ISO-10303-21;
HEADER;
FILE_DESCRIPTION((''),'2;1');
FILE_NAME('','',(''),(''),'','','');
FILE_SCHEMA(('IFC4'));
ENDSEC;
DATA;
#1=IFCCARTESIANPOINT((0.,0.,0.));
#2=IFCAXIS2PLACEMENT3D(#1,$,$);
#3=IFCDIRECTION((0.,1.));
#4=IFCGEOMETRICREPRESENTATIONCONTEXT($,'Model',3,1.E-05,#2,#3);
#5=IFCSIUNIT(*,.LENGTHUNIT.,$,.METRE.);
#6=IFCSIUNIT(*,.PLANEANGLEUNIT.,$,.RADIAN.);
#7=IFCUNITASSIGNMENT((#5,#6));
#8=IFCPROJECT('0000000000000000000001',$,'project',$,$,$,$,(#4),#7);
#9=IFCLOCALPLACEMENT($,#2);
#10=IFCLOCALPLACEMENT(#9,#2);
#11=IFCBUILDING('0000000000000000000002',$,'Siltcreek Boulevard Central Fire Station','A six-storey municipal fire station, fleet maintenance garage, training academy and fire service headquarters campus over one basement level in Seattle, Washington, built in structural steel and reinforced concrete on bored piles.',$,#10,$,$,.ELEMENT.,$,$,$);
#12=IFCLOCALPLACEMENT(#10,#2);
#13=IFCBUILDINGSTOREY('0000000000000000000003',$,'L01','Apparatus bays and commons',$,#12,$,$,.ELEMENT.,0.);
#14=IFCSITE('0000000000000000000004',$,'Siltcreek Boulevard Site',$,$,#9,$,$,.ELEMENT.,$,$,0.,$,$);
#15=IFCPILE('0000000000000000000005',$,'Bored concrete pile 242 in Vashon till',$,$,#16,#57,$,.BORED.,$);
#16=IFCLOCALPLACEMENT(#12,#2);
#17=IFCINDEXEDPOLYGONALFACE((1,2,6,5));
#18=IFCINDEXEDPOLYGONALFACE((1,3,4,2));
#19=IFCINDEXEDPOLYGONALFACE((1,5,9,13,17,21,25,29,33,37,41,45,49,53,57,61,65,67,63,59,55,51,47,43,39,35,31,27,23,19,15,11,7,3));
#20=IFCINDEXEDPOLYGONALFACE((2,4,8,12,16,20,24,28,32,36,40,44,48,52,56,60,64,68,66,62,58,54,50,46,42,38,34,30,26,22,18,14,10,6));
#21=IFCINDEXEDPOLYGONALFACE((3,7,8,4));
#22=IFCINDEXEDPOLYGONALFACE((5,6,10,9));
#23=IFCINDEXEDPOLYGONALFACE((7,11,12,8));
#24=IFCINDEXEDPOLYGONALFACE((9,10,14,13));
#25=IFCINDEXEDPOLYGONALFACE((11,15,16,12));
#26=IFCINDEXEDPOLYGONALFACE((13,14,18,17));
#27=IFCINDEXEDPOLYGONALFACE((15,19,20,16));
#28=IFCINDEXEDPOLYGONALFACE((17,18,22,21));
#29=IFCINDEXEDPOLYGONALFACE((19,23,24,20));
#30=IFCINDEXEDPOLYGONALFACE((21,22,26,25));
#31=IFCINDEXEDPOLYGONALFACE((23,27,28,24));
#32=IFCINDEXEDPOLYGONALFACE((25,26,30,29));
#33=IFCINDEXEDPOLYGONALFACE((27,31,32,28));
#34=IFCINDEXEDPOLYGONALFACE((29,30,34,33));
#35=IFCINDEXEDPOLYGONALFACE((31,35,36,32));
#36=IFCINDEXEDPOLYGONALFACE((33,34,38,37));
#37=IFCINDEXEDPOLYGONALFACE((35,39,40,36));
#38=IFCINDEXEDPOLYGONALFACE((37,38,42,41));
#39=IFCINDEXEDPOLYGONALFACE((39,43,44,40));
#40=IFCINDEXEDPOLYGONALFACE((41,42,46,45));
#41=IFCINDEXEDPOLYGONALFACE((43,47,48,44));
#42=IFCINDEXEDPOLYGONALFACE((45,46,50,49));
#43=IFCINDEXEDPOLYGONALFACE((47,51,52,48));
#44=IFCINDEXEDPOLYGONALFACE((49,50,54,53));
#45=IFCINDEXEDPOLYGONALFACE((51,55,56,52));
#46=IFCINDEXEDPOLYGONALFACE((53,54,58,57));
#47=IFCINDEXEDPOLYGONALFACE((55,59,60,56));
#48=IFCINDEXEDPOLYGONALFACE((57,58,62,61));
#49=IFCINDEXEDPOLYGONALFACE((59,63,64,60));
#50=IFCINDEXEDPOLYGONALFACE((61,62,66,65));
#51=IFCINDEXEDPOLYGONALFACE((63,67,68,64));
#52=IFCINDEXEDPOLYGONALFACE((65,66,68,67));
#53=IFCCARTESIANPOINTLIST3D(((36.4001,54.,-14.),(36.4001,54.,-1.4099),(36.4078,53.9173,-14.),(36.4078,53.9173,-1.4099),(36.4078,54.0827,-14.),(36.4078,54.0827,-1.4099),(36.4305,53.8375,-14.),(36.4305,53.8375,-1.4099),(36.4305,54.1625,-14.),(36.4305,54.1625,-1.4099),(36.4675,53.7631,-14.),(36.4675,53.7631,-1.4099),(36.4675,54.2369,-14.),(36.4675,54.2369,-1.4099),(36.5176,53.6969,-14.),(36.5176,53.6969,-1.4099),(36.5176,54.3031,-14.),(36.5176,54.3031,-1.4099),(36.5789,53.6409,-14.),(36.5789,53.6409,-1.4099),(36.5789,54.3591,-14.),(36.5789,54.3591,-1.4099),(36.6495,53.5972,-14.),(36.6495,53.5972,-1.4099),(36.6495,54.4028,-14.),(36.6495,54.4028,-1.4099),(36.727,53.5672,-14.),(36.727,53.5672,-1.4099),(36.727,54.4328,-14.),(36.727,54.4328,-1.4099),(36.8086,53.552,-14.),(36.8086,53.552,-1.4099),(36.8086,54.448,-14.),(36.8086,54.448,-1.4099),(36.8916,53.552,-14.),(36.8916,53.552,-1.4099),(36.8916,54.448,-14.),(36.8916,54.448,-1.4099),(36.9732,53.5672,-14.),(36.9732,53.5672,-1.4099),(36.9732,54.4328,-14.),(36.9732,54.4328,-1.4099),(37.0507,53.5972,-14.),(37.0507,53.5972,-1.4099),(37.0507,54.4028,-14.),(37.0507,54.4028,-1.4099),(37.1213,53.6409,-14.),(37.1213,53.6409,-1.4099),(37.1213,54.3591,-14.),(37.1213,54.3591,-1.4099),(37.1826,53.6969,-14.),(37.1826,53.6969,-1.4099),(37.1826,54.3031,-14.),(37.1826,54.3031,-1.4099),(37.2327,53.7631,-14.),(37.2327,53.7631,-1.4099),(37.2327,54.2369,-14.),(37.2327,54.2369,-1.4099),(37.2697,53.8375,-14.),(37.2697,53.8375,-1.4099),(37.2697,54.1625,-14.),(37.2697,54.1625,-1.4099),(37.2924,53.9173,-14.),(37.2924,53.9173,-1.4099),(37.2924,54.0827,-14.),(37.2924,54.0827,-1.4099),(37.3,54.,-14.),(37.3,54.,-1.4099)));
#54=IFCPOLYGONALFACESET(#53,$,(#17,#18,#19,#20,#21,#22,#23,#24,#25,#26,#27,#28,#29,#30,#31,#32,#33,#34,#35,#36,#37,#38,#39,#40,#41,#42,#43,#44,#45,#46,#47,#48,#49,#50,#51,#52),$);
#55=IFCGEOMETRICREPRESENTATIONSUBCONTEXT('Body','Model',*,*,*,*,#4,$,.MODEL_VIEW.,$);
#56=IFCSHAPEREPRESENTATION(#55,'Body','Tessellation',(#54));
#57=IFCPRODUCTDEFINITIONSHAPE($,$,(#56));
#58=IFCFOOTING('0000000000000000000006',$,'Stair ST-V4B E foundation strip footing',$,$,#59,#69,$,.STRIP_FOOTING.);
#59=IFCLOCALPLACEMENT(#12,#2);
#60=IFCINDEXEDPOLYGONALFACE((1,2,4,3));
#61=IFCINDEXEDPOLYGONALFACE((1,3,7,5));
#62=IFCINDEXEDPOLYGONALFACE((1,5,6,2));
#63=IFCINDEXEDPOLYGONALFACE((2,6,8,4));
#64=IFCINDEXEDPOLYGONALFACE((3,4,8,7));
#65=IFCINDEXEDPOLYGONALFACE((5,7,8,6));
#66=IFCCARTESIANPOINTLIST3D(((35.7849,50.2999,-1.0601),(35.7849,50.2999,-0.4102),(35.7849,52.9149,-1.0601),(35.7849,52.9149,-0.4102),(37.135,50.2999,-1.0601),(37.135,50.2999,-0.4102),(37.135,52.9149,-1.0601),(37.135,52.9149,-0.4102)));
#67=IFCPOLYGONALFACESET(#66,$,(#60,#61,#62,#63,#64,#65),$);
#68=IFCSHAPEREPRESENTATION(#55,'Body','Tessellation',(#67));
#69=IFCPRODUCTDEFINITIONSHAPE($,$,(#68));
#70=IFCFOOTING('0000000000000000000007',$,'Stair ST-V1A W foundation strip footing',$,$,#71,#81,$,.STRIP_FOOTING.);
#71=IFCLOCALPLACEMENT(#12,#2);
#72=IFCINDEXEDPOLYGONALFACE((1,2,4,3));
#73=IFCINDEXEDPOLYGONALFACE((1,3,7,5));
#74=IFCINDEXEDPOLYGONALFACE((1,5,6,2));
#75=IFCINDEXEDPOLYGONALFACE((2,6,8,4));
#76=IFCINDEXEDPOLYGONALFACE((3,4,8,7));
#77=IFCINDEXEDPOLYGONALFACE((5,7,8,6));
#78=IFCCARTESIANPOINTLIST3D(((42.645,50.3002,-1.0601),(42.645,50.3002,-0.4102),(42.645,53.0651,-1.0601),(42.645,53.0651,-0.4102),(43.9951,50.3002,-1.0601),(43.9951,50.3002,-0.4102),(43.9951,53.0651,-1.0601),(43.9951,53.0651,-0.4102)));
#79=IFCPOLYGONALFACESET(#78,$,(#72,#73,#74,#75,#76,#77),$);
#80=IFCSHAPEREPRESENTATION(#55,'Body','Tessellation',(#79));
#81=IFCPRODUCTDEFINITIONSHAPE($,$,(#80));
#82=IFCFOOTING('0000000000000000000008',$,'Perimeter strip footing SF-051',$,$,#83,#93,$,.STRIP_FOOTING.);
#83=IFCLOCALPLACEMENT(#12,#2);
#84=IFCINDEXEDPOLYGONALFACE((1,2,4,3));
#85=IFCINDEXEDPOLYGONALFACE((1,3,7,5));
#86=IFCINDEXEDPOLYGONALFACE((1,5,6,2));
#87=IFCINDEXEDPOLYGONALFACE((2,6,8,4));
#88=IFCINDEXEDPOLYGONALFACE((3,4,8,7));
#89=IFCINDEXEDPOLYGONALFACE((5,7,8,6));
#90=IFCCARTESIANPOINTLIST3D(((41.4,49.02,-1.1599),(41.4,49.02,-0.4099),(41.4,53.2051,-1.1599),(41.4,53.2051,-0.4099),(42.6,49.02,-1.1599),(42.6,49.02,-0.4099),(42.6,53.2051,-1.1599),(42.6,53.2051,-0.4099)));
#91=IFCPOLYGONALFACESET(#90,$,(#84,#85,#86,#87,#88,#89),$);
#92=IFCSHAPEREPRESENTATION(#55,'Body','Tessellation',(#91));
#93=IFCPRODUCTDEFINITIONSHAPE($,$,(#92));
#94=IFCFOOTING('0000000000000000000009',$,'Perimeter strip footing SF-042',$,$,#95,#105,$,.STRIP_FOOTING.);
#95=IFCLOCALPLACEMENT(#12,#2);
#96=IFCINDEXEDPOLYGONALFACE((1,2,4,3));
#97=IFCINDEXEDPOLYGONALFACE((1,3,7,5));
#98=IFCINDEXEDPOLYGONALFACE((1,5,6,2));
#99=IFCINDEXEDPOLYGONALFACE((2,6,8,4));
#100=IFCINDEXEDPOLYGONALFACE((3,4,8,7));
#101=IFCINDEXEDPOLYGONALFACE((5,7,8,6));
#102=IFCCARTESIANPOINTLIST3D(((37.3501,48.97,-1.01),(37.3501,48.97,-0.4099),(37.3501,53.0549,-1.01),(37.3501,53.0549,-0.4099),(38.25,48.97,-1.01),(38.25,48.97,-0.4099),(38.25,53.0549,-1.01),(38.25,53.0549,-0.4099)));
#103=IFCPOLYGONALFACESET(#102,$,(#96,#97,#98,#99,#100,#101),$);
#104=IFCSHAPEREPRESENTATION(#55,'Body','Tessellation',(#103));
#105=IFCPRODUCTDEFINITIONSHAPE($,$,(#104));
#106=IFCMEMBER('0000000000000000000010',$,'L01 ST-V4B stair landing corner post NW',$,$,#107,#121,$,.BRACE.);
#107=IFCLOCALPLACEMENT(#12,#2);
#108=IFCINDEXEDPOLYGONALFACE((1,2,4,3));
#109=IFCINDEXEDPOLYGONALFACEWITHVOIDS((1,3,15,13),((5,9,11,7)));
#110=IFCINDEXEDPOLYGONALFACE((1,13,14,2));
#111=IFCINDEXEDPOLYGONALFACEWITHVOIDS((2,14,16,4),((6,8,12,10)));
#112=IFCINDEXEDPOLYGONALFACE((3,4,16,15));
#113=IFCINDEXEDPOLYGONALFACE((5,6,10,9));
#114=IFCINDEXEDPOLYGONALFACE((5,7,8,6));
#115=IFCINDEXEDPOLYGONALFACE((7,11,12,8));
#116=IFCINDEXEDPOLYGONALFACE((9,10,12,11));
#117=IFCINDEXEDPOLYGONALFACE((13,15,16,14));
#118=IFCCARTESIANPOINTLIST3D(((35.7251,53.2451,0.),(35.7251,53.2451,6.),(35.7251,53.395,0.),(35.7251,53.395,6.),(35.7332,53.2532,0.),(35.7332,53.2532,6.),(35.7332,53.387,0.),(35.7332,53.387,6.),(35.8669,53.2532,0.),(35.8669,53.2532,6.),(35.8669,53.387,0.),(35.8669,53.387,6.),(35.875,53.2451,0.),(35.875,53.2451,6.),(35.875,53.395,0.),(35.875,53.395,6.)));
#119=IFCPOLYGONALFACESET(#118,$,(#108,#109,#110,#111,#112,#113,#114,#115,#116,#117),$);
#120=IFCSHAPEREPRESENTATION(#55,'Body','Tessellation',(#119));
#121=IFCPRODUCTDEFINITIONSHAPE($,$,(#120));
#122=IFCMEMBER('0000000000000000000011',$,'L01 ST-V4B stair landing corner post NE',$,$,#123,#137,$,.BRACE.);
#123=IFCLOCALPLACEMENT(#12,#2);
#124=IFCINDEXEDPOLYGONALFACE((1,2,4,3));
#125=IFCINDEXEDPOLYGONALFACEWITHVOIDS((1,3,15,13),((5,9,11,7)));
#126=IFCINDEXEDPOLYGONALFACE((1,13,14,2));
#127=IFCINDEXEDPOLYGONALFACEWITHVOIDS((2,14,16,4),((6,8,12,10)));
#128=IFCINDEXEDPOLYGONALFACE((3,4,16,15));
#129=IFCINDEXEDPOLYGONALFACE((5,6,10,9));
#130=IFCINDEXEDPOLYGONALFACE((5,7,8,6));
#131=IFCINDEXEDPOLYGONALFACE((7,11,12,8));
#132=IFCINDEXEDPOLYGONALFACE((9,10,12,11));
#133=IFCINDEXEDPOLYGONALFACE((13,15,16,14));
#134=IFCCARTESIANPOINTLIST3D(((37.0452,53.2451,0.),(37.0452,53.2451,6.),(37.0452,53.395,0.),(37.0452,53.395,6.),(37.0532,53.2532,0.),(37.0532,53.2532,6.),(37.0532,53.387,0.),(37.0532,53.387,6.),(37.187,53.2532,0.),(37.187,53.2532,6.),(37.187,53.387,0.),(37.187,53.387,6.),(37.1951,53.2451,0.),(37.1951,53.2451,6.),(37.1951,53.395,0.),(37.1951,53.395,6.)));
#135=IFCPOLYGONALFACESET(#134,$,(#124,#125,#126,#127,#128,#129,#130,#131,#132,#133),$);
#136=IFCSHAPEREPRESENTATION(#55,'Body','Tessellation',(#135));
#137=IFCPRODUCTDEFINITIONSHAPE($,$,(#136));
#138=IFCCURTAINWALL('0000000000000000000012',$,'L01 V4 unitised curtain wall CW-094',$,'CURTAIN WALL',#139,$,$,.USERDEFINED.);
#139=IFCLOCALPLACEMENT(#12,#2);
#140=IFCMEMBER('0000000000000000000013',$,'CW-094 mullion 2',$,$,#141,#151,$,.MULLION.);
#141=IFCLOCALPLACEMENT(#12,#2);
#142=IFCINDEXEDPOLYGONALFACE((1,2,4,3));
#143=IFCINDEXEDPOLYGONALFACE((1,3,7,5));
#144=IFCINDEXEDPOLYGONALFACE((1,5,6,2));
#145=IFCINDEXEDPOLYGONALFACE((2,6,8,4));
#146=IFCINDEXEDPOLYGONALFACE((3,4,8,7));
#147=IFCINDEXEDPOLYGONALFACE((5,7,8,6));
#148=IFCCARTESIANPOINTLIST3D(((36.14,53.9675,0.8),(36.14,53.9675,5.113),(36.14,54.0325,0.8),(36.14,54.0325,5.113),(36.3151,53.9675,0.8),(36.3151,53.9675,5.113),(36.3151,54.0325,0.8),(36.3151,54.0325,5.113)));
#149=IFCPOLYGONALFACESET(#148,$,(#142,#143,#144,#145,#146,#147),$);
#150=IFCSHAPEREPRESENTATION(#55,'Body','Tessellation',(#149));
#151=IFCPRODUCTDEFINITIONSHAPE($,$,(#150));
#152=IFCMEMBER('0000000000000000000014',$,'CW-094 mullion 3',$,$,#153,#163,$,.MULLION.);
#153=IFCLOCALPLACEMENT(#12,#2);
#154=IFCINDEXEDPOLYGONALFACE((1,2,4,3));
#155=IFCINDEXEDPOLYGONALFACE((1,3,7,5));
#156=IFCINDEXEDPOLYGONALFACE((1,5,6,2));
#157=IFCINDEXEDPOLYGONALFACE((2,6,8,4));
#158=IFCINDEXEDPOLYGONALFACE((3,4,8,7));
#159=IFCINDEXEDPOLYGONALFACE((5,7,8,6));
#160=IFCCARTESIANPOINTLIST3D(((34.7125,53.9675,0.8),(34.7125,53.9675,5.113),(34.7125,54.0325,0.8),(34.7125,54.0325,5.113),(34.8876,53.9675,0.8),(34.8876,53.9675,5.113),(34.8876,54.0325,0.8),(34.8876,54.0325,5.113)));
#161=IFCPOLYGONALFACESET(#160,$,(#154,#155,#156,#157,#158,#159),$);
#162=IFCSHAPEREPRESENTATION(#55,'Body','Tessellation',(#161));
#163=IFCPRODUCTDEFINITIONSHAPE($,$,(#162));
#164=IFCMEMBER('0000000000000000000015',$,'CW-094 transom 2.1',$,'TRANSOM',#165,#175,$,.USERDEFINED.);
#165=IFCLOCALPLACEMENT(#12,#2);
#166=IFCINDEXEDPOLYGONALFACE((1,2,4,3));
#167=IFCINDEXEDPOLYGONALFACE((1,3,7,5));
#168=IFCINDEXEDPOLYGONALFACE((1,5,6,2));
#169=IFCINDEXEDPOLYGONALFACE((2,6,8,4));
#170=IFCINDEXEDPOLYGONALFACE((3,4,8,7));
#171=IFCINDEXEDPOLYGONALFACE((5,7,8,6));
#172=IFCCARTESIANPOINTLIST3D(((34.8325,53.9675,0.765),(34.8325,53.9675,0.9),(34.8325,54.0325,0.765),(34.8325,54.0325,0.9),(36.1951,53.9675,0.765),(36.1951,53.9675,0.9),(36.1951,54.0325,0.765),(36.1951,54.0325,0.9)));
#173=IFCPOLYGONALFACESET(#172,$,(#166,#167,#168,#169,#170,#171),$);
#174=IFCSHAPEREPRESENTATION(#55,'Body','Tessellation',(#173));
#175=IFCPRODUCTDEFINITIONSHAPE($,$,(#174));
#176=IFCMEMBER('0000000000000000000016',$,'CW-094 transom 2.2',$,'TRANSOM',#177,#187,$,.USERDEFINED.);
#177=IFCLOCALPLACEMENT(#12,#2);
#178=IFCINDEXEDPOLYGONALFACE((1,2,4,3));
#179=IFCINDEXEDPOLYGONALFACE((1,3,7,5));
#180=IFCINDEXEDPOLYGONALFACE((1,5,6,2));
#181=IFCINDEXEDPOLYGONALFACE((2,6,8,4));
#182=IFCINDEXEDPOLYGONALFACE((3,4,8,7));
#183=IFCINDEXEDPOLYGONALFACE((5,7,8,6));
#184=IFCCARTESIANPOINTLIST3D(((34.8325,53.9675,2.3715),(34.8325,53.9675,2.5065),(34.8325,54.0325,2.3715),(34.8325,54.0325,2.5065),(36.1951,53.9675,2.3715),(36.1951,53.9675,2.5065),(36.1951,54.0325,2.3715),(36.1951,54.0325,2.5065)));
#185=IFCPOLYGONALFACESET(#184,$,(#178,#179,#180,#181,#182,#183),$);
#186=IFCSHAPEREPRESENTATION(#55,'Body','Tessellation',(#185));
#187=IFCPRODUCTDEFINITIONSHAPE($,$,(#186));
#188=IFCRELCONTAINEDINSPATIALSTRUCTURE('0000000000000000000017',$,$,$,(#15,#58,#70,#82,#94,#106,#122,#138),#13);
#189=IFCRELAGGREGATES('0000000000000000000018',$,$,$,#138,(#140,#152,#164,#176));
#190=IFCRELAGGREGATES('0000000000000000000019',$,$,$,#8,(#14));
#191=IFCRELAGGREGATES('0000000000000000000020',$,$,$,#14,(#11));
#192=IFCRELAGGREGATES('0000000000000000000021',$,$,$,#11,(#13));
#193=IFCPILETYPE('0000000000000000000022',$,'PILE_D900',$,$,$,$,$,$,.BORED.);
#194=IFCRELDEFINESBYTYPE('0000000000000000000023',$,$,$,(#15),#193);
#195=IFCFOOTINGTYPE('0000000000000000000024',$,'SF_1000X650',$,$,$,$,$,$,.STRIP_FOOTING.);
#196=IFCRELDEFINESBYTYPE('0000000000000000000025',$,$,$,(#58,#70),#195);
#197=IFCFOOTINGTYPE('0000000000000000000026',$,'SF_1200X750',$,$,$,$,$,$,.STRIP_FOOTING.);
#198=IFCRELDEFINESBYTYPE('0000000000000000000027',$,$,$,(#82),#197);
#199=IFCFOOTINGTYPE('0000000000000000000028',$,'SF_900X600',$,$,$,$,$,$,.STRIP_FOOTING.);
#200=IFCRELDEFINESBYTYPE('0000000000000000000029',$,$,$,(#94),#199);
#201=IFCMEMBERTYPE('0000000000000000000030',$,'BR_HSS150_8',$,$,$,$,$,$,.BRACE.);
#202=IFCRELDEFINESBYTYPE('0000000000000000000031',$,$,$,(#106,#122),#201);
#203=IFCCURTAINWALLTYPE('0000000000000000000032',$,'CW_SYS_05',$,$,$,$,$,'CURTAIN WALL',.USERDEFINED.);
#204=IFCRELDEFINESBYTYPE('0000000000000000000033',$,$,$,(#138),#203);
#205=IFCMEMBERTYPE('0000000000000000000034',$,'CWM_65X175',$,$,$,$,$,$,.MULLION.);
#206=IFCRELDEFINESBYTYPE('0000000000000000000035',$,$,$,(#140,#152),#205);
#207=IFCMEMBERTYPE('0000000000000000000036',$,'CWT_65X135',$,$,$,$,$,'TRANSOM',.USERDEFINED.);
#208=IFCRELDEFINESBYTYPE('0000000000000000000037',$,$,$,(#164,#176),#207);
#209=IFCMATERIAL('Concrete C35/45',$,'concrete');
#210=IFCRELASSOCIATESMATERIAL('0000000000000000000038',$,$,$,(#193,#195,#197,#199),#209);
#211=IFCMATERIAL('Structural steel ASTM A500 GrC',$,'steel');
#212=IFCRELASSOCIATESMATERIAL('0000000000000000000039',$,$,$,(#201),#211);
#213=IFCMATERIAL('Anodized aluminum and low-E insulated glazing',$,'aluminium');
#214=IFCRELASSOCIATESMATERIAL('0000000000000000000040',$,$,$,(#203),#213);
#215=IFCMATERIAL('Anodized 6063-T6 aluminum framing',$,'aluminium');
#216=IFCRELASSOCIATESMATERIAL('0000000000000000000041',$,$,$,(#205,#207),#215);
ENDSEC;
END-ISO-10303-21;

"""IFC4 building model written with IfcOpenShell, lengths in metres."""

from ifc_helpers import new_model, si_unit, direction, frame, origin, origin_2d, place, context, subcontext, project, spatial, rectangle, hollow_rectangle, circle, extrude, material, material_profile, profile_set, type_object, element, aggregate, save


model = new_model("IFC4")

# Units and contexts
model_context = context("Model", 3, precision=1e-05, world=origin(), true_north=direction((0.0, 1.0)))
body_context = subcontext(model_context, "Body", "Model", "MODEL_VIEW")
ifc_project = project(units=[si_unit("LENGTHUNIT", "METRE"), si_unit("PLANEANGLEUNIT", "RADIAN")], contexts=[model_context])

# Site, building, storey
site_placement = place(None, origin())
site = spatial("IfcSite", under=ifc_project, at=site_placement, Name="Siltcreek Boulevard Site", CompositionType="ELEMENT", RefElevation=0.0)
building_placement = place(site_placement, origin())
building = spatial("IfcBuilding", under=site, at=building_placement, Name="Siltcreek Boulevard Central Fire Station", Description="A six-storey municipal fire station, fleet maintenance garage, training academy and fire service headquarters campus over one basement level in Seattle, Washington, built in structural steel and reinforced concrete on bored piles.", CompositionType="ELEMENT")
storey_placement = place(building_placement, origin())
storey = spatial("IfcBuildingStorey", under=building, at=storey_placement, Name="L01", Description="Apparatus bays and commons", CompositionType="ELEMENT", Elevation=0.0)

# Pile
ifc_material_1 = material(Name="Concrete C35/45", Category="concrete")
ifc_material_profile_1 = material_profile(ifc_material_1, circle(Radius=0.45, at=origin_2d()), Name="SHAFT900")
ifc_profile_set_1 = profile_set([ifc_material_profile_1], Name="Concrete C35/45")
pile_type = type_object("IfcPileType", Name="PILE_D900", PredefinedType="BORED", material=ifc_profile_set_1)
pile_placement = place(storey_placement, frame((36.8501, 54.0, -1.4099), z_axis=(0.0, 0.0, -1.0), x_axis=(1.0, 0.0, 0.0)))
element("IfcPile", 1, at=pile_placement, inside=storey, type_object=pile_type, Name="Bored concrete pile 242 in Vashon till", PredefinedType="BORED", context=body_context, shape_type="SweptSolid", body=[
    extrude(circle(Radius=0.45, at=origin_2d()), origin(), (0.0, 0.0, 1.0), 12.5901),
])

# Footings
footing_type_1 = type_object("IfcFootingType", Name="SF_1000X650", PredefinedType="STRIP_FOOTING", material=ifc_material_1)
footing_1_placement = place(storey_placement, frame((36.46, 51.6074, -1.0601), z_axis=(0.0, 0.0, 1.0), x_axis=(1.0, 0.0, 0.0)))
element("IfcFooting", 2, at=footing_1_placement, inside=storey, type_object=footing_type_1, Name="Stair ST-V4B E foundation strip footing", PredefinedType="STRIP_FOOTING", context=body_context, shape_type="SweptSolid", body=[
    extrude(rectangle(XDim=1.3501, YDim=2.615, at=origin_2d()), origin(), (0.0, 0.0, 1.0), 0.6499),
])
footing_2_placement = place(storey_placement, frame((43.3201, 51.6826, -1.0601), z_axis=(0.0, 0.0, 1.0), x_axis=(1.0, 0.0, 0.0)))
element("IfcFooting", 3, at=footing_2_placement, inside=storey, type_object=footing_type_1, Name="Stair ST-V1A W foundation strip footing", PredefinedType="STRIP_FOOTING", context=body_context, shape_type="SweptSolid", body=[
    extrude(rectangle(XDim=1.3501, YDim=2.7649, at=origin_2d()), origin(), (0.0, 0.0, 1.0), 0.6499),
])
footing_type_2 = type_object("IfcFootingType", Name="SF_1200X750", PredefinedType="STRIP_FOOTING", material=ifc_material_1)
footing_3_placement = place(storey_placement, frame((42.0, 51.1125, -1.1599), z_axis=(0.0, 0.0, 1.0), x_axis=(1.0, 0.0, 0.0)))
element("IfcFooting", 4, at=footing_3_placement, inside=storey, type_object=footing_type_2, Name="Perimeter strip footing SF-051", PredefinedType="STRIP_FOOTING", context=body_context, shape_type="SweptSolid", body=[
    extrude(rectangle(XDim=1.2, YDim=4.1851, at=origin_2d()), origin(), (0.0, 0.0, 1.0), 0.75),
])
footing_type_3 = type_object("IfcFootingType", Name="SF_900X600", PredefinedType="STRIP_FOOTING", material=ifc_material_1)
footing_4_placement = place(storey_placement, frame((37.8, 51.0125, -1.01), z_axis=(0.0, 0.0, 1.0), x_axis=(1.0, 0.0, 0.0)))
element("IfcFooting", 5, at=footing_4_placement, inside=storey, type_object=footing_type_3, Name="Perimeter strip footing SF-042", PredefinedType="STRIP_FOOTING", context=body_context, shape_type="SweptSolid", body=[
    extrude(rectangle(XDim=0.8999, YDim=4.085, at=origin_2d()), origin(), (0.0, 0.0, 1.0), 0.6001),
])

# Members
ifc_material_2 = material(Name="Structural steel ASTM A500 GrC", Category="steel")
ifc_material_profile_2 = material_profile(ifc_material_2, hollow_rectangle(XDim=0.1499, YDim=0.1499, WallThickness=0.0081, at=origin_2d()), Name="HSS150X150X8.0")
ifc_profile_set_2 = profile_set([ifc_material_profile_2], Name="Structural steel ASTM A500 GrC")
member_type_1 = type_object("IfcMemberType", Name="BR_HSS150_8", PredefinedType="BRACE", material=ifc_profile_set_2)
for number, where, z_axis, x_axis, name in (
    (6, (35.8, 53.3201, 0.0), (0.0, 0.0, 1.0), (1.0, 0.0, 0.0), "L01 ST-V4B stair landing corner post NW"),
    (7, (37.1201, 53.3201, 0.0), (0.0, 0.0, 1.0), (1.0, 0.0, 0.0), "L01 ST-V4B stair landing corner post NE"),
):
    element("IfcMember", number, at=place(storey_placement, frame(where, z_axis=z_axis, x_axis=x_axis)), inside=storey, type_object=member_type_1, Name=name, PredefinedType="BRACE", context=body_context, shape_type="SweptSolid", body=[
        extrude(hollow_rectangle(XDim=0.1499, YDim=0.1499, WallThickness=0.0081, at=origin_2d()), origin(), (0.0, 0.0, 1.0), 6.0),
    ])

# Curtain wall, members
ifc_material_3 = material(Name="Anodized aluminum and low-E insulated glazing", Category="aluminium")
curtain_wall_type = type_object("IfcCurtainWallType", Name="CW_SYS_05", ElementType="CURTAIN WALL", PredefinedType="USERDEFINED", material=ifc_material_3)
curtain_wall_placement = place(storey_placement, origin())
curtain_wall = element("IfcCurtainWall", 8, at=curtain_wall_placement, inside=storey, type_object=curtain_wall_type, Name="L01 V4 unitised curtain wall CW-094", ObjectType="CURTAIN WALL", PredefinedType="USERDEFINED")
ifc_material_4 = material(Name="Anodized 6063-T6 aluminum framing", Category="aluminium")
ifc_material_profile_3 = material_profile(ifc_material_4, rectangle(XDim=0.0649, YDim=0.175, at=origin_2d()), Name="MULL65X175")
ifc_profile_set_3 = profile_set([ifc_material_profile_3], Name="Anodized 6063-T6 aluminum framing")
member_type_2 = type_object("IfcMemberType", Name="CWM_65X175", PredefinedType="MULLION", material=ifc_profile_set_3)
member_1_placement = place(storey_placement, frame((36.2275, 54.0, 0.8), z_axis=(0.0, 0.0, 1.0), x_axis=(0.0, -1.0, 0.0)))
member_1 = element("IfcMember", 9, at=member_1_placement, type_object=member_type_2, Name="CW-094 mullion 2", PredefinedType="MULLION", context=body_context, shape_type="SweptSolid", body=[
    extrude(rectangle(XDim=0.0649, YDim=0.175, at=origin_2d()), origin(), (0.0, 0.0, 1.0), 4.313),
])
member_2_placement = place(storey_placement, frame((34.8, 54.0, 0.8), z_axis=(0.0, 0.0, 1.0), x_axis=(0.0, -1.0, 0.0)))
member_2 = element("IfcMember", 10, at=member_2_placement, type_object=member_type_2, Name="CW-094 mullion 3", PredefinedType="MULLION", context=body_context, shape_type="SweptSolid", body=[
    extrude(rectangle(XDim=0.0649, YDim=0.175, at=origin_2d()), origin(), (0.0, 0.0, 1.0), 4.313),
])
ifc_material_profile_4 = material_profile(ifc_material_4, rectangle(XDim=0.0649, YDim=0.135, at=origin_2d()), Name="TRAN65X135")
ifc_profile_set_4 = profile_set([ifc_material_profile_4], Name="Anodized 6063-T6 aluminum framing")
member_type_3 = type_object("IfcMemberType", Name="CWT_65X135", ElementType="TRANSOM", PredefinedType="USERDEFINED", material=ifc_profile_set_4)
member_3_placement = place(storey_placement, frame((36.1951, 54.0, 0.8325), z_axis=(-1.0, 0.0, 0.0), x_axis=(0.0, -1.0, 0.0)))
member_3 = element("IfcMember", 11, at=member_3_placement, type_object=member_type_3, Name="CW-094 transom 2.1", ObjectType="TRANSOM", PredefinedType="USERDEFINED", context=body_context, shape_type="SweptSolid", body=[
    extrude(rectangle(XDim=0.0649, YDim=0.135, at=origin_2d()), origin(), (0.0, 0.0, 1.0), 1.3625),
])
member_4_placement = place(storey_placement, frame((36.1951, 54.0, 2.439), z_axis=(-1.0, 0.0, 0.0), x_axis=(0.0, -1.0, 0.0)))
member_4 = element("IfcMember", 12, at=member_4_placement, type_object=member_type_3, Name="CW-094 transom 2.2", ObjectType="TRANSOM", PredefinedType="USERDEFINED", context=body_context, shape_type="SweptSolid", body=[
    extrude(rectangle(XDim=0.0649, YDim=0.135, at=origin_2d()), origin(), (0.0, 0.0, 1.0), 1.3625),
])

aggregate(curtain_wall, [member_1, member_2, member_3, member_4])

save(model, "model.ifc")
